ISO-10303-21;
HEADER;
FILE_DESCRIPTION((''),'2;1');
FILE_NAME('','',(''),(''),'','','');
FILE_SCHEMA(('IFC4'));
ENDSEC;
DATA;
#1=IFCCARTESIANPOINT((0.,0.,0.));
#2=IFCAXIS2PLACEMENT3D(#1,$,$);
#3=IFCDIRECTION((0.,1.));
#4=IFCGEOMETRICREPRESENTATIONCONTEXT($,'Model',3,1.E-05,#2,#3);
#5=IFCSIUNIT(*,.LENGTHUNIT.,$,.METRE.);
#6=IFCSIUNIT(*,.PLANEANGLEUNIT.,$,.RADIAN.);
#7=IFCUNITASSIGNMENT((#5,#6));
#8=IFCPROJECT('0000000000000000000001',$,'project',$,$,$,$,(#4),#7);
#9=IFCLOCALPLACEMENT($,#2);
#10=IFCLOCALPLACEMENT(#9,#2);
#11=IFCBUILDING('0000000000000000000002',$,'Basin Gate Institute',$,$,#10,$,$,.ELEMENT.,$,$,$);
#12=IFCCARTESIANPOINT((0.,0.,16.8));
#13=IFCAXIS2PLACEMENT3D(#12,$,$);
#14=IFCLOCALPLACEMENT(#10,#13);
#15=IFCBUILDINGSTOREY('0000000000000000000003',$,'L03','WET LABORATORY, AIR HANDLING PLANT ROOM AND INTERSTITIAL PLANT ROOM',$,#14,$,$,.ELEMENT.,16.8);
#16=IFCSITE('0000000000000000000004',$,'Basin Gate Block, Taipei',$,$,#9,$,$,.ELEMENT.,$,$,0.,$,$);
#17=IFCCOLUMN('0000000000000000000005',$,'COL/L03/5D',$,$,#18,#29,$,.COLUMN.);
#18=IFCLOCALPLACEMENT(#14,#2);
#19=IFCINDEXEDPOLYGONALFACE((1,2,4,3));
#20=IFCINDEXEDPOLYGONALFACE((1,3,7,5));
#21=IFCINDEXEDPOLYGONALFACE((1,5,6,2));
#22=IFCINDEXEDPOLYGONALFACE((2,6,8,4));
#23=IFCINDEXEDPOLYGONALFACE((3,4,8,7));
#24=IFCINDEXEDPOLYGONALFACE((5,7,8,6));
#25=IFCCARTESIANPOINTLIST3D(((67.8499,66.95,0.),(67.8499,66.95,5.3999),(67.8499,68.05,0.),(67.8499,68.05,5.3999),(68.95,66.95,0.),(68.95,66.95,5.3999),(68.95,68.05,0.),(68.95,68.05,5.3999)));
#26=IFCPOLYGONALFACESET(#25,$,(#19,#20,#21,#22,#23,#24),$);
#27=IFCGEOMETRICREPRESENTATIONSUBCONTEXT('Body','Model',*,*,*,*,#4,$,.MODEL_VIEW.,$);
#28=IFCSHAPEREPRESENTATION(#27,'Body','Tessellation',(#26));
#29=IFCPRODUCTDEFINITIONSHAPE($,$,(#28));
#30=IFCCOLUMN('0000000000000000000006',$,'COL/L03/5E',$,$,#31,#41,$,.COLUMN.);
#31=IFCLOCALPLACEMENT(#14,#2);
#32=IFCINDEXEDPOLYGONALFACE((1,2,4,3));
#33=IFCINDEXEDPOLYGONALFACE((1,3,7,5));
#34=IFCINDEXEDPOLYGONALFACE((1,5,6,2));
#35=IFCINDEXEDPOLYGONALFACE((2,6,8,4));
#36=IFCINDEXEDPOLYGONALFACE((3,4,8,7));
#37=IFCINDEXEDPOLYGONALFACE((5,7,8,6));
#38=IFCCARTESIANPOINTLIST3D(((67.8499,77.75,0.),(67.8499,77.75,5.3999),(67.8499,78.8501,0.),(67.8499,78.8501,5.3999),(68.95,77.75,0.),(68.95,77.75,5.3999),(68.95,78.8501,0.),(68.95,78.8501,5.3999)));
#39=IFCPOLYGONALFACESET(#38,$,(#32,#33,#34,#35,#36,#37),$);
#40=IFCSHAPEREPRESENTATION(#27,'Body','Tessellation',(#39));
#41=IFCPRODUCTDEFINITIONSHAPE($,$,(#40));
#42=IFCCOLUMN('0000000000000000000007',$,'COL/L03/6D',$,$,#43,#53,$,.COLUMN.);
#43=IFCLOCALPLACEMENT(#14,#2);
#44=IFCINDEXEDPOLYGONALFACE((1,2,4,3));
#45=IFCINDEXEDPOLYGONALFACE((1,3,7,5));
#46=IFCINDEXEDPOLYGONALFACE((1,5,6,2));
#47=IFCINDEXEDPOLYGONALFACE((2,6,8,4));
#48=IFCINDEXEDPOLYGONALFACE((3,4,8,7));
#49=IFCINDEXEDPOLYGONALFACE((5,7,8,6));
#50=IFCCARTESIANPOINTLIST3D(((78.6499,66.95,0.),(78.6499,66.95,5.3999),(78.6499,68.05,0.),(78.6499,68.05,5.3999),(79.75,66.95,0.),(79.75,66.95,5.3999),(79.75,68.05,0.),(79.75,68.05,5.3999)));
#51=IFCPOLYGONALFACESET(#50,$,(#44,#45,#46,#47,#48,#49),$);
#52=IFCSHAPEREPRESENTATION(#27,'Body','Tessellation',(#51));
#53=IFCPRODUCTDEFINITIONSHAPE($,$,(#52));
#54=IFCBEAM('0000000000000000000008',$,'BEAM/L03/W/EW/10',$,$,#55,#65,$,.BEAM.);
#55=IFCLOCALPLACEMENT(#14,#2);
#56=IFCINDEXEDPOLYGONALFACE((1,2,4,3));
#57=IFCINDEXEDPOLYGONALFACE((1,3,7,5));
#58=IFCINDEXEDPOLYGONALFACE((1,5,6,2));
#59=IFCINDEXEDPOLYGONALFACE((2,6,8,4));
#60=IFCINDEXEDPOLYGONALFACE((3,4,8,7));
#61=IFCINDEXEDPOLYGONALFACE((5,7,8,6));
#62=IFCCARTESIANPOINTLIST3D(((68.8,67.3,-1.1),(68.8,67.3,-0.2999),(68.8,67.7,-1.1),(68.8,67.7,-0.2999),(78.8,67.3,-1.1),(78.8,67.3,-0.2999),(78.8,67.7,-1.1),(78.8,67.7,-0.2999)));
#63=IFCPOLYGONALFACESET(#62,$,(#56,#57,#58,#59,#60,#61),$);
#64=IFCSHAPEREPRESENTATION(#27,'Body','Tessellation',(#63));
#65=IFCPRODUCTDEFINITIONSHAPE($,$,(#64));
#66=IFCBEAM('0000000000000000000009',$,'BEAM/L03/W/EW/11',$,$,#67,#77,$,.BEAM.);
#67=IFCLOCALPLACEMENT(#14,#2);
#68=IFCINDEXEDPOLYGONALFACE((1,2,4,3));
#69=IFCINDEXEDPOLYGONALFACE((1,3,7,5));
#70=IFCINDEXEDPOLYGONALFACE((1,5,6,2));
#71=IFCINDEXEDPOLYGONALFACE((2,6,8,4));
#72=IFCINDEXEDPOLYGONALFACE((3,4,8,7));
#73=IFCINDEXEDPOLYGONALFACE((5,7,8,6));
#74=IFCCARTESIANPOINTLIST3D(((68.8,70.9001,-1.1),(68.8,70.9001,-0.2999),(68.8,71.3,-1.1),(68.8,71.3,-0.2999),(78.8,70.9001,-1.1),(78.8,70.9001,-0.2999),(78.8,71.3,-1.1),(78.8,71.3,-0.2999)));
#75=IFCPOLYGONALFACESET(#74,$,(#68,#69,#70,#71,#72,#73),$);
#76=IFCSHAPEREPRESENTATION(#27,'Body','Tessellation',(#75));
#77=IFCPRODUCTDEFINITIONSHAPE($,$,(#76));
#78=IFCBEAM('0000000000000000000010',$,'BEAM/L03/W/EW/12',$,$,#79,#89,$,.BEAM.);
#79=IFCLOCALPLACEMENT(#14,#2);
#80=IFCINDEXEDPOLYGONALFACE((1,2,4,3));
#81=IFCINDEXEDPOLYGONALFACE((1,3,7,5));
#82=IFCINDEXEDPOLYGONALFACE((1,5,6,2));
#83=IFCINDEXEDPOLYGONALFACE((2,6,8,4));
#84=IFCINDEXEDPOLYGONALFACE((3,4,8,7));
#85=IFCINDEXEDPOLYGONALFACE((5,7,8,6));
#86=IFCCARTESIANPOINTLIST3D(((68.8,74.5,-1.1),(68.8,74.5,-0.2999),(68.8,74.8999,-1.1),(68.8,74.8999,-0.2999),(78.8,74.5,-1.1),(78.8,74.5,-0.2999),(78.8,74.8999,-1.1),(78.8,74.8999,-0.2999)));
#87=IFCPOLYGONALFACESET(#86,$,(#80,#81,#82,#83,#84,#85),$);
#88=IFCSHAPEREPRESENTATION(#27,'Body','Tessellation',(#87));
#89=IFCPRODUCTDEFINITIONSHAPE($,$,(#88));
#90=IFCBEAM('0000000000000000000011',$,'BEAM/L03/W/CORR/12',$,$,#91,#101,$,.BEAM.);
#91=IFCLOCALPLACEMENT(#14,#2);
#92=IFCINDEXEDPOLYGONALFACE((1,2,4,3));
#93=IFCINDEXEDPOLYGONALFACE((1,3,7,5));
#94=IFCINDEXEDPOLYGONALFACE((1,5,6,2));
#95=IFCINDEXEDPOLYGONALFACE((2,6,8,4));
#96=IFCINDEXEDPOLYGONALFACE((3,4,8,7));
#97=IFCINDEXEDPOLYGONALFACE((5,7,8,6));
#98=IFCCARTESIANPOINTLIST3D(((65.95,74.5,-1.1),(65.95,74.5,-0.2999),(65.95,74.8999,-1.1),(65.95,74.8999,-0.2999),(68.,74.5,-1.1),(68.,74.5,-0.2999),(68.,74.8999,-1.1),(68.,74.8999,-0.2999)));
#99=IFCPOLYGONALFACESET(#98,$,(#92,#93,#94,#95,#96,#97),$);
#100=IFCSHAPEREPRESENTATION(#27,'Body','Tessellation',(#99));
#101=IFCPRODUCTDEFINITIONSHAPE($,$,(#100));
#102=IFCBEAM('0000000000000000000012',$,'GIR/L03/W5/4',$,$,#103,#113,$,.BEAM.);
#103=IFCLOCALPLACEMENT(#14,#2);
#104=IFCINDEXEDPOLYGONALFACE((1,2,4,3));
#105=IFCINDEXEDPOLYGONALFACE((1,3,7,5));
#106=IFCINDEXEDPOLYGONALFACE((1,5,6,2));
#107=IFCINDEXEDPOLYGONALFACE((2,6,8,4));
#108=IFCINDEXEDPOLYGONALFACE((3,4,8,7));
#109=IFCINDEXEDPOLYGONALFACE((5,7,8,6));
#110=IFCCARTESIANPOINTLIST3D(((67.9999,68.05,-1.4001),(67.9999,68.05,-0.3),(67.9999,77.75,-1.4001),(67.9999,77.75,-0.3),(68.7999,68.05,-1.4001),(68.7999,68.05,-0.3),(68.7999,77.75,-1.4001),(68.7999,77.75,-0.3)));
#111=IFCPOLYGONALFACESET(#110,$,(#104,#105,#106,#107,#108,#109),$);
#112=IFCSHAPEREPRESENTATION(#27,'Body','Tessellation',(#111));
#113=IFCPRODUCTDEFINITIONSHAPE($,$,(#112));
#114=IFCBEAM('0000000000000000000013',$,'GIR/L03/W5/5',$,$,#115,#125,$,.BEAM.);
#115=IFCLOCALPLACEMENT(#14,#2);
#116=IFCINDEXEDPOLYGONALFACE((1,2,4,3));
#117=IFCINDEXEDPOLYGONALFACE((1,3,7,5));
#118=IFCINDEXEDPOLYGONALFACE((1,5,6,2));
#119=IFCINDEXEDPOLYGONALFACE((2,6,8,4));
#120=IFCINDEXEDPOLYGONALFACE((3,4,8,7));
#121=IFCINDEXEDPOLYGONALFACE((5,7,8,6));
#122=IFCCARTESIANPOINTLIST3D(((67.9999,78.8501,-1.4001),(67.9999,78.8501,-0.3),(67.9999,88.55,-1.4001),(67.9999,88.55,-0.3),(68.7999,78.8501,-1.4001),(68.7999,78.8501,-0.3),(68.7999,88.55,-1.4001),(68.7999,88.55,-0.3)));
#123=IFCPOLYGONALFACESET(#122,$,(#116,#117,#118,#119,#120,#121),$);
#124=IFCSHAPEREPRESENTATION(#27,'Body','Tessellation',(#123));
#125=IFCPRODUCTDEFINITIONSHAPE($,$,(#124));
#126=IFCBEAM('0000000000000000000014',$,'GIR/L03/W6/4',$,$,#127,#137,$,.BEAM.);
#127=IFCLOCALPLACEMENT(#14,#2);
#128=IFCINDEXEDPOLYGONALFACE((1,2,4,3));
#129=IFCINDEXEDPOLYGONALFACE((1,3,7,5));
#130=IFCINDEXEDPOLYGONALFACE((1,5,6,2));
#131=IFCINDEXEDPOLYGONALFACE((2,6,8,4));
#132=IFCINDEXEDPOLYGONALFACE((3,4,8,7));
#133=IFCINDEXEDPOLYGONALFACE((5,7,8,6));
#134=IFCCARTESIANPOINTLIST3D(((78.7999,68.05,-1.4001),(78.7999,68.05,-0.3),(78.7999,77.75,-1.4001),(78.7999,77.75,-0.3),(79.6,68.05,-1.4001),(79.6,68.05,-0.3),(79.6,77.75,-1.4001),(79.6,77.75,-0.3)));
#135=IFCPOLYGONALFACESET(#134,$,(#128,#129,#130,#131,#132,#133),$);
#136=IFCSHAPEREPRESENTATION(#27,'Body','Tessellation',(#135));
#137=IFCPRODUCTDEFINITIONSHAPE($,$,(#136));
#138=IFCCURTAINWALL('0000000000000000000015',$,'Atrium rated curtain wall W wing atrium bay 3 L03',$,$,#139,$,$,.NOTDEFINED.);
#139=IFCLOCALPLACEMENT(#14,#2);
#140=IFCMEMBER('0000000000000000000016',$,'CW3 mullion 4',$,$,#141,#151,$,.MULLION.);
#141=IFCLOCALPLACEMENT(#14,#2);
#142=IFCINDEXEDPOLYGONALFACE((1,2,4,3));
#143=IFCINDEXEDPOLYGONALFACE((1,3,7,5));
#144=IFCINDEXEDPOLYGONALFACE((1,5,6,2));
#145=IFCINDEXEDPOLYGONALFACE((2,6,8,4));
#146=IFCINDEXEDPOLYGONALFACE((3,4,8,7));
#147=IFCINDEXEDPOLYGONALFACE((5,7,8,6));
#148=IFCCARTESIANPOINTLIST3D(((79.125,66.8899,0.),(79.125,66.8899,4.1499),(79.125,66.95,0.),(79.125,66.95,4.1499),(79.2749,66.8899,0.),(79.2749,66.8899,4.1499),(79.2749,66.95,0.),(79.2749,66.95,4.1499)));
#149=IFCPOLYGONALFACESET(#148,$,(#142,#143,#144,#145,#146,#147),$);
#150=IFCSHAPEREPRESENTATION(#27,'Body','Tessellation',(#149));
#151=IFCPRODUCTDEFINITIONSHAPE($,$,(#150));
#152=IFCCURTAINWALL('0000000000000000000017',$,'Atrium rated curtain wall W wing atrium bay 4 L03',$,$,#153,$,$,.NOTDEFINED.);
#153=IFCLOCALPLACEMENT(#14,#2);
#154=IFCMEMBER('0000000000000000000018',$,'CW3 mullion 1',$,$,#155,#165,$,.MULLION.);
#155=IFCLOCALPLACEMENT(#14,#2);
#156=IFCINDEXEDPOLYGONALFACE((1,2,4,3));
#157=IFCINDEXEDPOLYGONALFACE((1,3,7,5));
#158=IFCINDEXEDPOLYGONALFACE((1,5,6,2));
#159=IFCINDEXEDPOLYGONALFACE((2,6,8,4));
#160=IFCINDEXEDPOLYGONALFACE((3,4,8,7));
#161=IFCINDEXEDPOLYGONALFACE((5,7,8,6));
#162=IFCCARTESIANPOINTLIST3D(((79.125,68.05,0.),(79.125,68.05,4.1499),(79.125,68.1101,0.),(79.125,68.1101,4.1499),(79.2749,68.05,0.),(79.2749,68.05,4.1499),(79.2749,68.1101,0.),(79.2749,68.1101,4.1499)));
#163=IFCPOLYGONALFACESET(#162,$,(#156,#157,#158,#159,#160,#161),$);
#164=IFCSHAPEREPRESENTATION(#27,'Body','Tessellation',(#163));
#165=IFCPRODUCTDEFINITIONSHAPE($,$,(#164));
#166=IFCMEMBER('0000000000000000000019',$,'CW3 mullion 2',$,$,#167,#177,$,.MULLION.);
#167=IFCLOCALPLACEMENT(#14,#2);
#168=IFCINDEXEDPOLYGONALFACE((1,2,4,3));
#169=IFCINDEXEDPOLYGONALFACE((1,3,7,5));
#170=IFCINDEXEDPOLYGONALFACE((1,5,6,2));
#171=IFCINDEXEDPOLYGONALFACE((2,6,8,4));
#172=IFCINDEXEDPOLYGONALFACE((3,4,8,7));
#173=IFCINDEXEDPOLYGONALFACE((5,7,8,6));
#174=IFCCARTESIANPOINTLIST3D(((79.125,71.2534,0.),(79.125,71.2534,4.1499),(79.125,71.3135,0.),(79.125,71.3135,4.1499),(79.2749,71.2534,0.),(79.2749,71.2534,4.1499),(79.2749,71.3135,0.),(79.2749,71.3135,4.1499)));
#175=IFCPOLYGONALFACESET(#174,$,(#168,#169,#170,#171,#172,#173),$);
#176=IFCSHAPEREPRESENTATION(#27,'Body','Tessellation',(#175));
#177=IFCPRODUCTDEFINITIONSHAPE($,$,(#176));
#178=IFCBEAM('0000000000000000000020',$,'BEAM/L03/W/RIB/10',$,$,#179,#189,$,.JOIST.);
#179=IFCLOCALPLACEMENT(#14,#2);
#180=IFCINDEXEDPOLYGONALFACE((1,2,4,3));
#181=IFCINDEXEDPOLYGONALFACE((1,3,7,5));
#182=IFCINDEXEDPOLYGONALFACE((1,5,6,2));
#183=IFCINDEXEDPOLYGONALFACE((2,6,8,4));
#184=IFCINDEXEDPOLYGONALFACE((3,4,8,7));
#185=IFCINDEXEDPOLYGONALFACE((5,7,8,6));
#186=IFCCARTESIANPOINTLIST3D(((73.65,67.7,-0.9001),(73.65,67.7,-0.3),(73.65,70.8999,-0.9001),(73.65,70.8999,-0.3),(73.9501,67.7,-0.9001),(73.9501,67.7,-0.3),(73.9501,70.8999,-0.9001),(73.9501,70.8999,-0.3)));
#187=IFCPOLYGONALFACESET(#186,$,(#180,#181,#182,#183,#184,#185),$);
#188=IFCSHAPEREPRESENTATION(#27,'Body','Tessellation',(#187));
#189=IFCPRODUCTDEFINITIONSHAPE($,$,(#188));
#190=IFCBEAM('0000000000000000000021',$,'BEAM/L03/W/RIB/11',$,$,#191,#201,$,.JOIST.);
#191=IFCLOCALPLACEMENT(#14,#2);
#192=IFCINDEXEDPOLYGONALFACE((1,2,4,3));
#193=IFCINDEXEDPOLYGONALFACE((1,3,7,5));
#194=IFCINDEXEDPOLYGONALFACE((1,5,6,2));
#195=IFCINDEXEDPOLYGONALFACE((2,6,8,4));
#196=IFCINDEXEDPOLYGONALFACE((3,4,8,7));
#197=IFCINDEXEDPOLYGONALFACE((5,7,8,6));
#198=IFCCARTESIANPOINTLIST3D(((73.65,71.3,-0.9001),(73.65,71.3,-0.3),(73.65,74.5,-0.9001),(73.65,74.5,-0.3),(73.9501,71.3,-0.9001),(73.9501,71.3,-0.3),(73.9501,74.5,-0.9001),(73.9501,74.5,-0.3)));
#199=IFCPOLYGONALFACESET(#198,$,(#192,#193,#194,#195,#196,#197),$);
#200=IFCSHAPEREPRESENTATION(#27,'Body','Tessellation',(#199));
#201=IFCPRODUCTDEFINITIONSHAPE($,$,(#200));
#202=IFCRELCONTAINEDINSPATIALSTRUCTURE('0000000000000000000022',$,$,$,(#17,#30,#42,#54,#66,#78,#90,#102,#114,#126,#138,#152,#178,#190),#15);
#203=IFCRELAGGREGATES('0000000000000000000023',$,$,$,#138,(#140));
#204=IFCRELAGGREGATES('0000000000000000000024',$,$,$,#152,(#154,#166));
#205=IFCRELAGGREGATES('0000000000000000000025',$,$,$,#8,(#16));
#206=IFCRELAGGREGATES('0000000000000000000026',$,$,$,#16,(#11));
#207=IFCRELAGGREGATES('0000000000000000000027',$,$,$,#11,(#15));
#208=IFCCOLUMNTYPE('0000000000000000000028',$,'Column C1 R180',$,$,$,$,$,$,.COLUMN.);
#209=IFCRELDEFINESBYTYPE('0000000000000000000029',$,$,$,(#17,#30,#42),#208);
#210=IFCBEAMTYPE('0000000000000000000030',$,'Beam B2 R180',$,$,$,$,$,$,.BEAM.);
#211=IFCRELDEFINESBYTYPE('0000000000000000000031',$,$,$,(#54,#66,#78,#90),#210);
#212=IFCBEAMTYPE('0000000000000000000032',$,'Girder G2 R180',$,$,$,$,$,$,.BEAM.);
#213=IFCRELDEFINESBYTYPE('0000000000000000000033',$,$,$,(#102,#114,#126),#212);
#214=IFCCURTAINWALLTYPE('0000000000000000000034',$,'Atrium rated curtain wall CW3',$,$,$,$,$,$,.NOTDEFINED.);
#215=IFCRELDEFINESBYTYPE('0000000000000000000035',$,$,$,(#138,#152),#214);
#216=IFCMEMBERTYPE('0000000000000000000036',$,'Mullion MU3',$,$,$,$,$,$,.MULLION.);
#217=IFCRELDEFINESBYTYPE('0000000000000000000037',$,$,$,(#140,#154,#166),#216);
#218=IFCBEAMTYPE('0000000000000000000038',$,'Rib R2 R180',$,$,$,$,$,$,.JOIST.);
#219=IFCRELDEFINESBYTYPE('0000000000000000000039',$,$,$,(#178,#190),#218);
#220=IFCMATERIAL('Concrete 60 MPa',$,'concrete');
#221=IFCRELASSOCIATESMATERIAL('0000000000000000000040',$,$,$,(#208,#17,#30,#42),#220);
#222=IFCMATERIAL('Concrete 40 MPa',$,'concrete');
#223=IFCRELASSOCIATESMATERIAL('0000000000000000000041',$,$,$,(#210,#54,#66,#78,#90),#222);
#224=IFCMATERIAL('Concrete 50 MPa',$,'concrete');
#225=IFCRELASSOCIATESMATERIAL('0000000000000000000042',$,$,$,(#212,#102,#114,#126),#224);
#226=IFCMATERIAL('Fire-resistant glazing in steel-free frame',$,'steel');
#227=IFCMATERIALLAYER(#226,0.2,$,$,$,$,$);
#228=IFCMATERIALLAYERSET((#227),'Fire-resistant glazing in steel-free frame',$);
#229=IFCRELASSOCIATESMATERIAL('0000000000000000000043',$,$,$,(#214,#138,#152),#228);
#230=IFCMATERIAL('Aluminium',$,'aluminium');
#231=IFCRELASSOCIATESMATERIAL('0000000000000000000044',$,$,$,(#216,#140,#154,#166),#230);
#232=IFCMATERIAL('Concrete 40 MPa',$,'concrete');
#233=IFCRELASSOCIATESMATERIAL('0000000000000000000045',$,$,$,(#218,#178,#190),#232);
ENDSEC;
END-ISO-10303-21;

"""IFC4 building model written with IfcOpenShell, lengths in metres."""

from ifc_helpers import new_model, si_unit, direction, frame, origin, origin_2d, place, context, subcontext, project, spatial, rectangle, extrude, material, layer, layer_set, material_profile, profile_set, type_object, element, aggregate, save


model = new_model("IFC4")

# Units and contexts
model_context = context("Model", 3, precision=1e-05, world=origin(), true_north=direction((0.0, 1.0)))
body_context = subcontext(model_context, "Body", "Model", "MODEL_VIEW")
ifc_project = project(units=[si_unit("LENGTHUNIT", "METRE"), si_unit("PLANEANGLEUNIT", "RADIAN")], contexts=[model_context])

# Site, building, storey
site_placement = place(None, origin())
site = spatial("IfcSite", under=ifc_project, at=site_placement, Name="Basin Gate Block, Taipei", CompositionType="ELEMENT", RefElevation=0.0)
building_placement = place(site_placement, origin())
building = spatial("IfcBuilding", under=site, at=building_placement, Name="Basin Gate Institute", CompositionType="ELEMENT")
storey_placement = place(building_placement, frame((0.0, 0.0, 16.8)))
storey = spatial("IfcBuildingStorey", under=building, at=storey_placement, Name="L03", Description="WET LABORATORY, AIR HANDLING PLANT ROOM AND INTERSTITIAL PLANT ROOM", CompositionType="ELEMENT", Elevation=16.8)

# Columns
ifc_material_1 = material(Name="Concrete 60 MPa", Category="concrete")
ifc_material_profile_1 = material_profile(ifc_material_1, rectangle(XDim=1.1001, YDim=1.1001, at=origin_2d()), Name="Column C1 1100 x 1100")
ifc_profile_set_1 = profile_set([ifc_material_profile_1], Name="Concrete 60 MPa")
column_type = type_object("IfcColumnType", Name="Column C1 R180", PredefinedType="COLUMN", material=ifc_profile_set_1)
for number, where, z_axis, x_axis, name in (
    (1, (68.3999, 67.5, 0.0), (0.0, 0.0, 1.0), (1.0, 0.0, 0.0), "COL/L03/5D"),
    (2, (68.3999, 78.3, 0.0), (0.0, 0.0, 1.0), (1.0, 0.0, 0.0), "COL/L03/5E"),
    (3, (79.2, 67.5, 0.0), (0.0, 0.0, 1.0), (1.0, 0.0, 0.0), "COL/L03/6D"),
):
    element("IfcColumn", number, at=place(storey_placement, frame(where, z_axis=z_axis, x_axis=x_axis)), inside=storey, type_object=column_type, material=ifc_profile_set_1, Name=name, PredefinedType="COLUMN", context=body_context, shape_type="SweptSolid", body=[
        extrude(rectangle(XDim=1.1001, YDim=1.1001, at=origin_2d()), origin(), (0.0, 0.0, 1.0), 5.3999),
    ])

# Beams
ifc_material_2 = material(Name="Concrete 40 MPa", Category="concrete")
ifc_material_profile_2 = material_profile(ifc_material_2, rectangle(XDim=0.3999, YDim=0.8, at=origin_2d()), Name="Beam B2 400 x 800")
ifc_profile_set_2 = profile_set([ifc_material_profile_2], Name="Concrete 40 MPa")
beam_type_1 = type_object("IfcBeamType", Name="Beam B2 R180", PredefinedType="BEAM", material=ifc_profile_set_2)
for number, where, z_axis, x_axis, name in (
    (4, (68.8, 67.5, -0.7), (1.0, 0.0, 0.0), (0.0, 1.0, 0.0), "BEAM/L03/W/EW/10"),
    (5, (68.8, 71.1001, -0.7), (1.0, 0.0, 0.0), (0.0, 1.0, 0.0), "BEAM/L03/W/EW/11"),
    (6, (68.8, 74.7, -0.7), (1.0, 0.0, 0.0), (0.0, 1.0, 0.0), "BEAM/L03/W/EW/12"),
):
    element("IfcBeam", number, at=place(storey_placement, frame(where, z_axis=z_axis, x_axis=x_axis)), inside=storey, type_object=beam_type_1, material=ifc_profile_set_2, Name=name, PredefinedType="BEAM", context=body_context, shape_type="SweptSolid", body=[
        extrude(rectangle(XDim=0.3999, YDim=0.8, at=origin_2d()), origin(), (0.0, 0.0, 1.0), 10.0),
    ])
beam_placement = place(storey_placement, frame((65.95, 74.7, -0.7), z_axis=(1.0, 0.0, 0.0), x_axis=(0.0, 1.0, 0.0)))
element("IfcBeam", 7, at=beam_placement, inside=storey, type_object=beam_type_1, material=ifc_profile_set_2, Name="BEAM/L03/W/CORR/12", PredefinedType="BEAM", context=body_context, shape_type="SweptSolid", body=[
    extrude(rectangle(XDim=0.3999, YDim=0.8, at=origin_2d()), origin(), (0.0, 0.0, 1.0), 2.05),
])
ifc_material_3 = material(Name="Concrete 50 MPa", Category="concrete")
ifc_material_profile_3 = material_profile(ifc_material_3, rectangle(XDim=0.8, YDim=1.1001, at=origin_2d()), Name="Girder G2 800 x 1100")
ifc_profile_set_3 = profile_set([ifc_material_profile_3], Name="Concrete 50 MPa")
beam_type_2 = type_object("IfcBeamType", Name="Girder G2 R180", PredefinedType="BEAM", material=ifc_profile_set_3)
for number, where, z_axis, x_axis, name in (
    (8, (68.3999, 68.05, -0.8501), (0.0, 1.0, 0.0), (-1.0, 0.0, 0.0), "GIR/L03/W5/4"),
    (9, (68.3999, 78.8501, -0.8501), (0.0, 1.0, 0.0), (-1.0, 0.0, 0.0), "GIR/L03/W5/5"),
    (10, (79.2, 68.05, -0.8501), (0.0, 1.0, 0.0), (-1.0, 0.0, 0.0), "GIR/L03/W6/4"),
):
    element("IfcBeam", number, at=place(storey_placement, frame(where, z_axis=z_axis, x_axis=x_axis)), inside=storey, type_object=beam_type_2, material=ifc_profile_set_3, Name=name, PredefinedType="BEAM", context=body_context, shape_type="SweptSolid", body=[
        extrude(rectangle(XDim=0.8, YDim=1.1001, at=origin_2d()), origin(), (0.0, 0.0, 1.0), 9.7),
    ])

# Curtain wall, member
ifc_material_4 = material(Name="Fire-resistant glazing in steel-free frame", Category="steel")
ifc_layer_1 = layer(ifc_material_4, 0.2)
ifc_layer_set_1 = layer_set([ifc_layer_1], Name="Fire-resistant glazing in steel-free frame")
curtain_wall_type = type_object("IfcCurtainWallType", Name="Atrium rated curtain wall CW3", PredefinedType="NOTDEFINED", material=ifc_layer_set_1)
curtain_wall_1_placement = place(storey_placement, origin())
curtain_wall_1 = element("IfcCurtainWall", 11, at=curtain_wall_1_placement, inside=storey, type_object=curtain_wall_type, material=ifc_layer_set_1, Name="Atrium rated curtain wall W wing atrium bay 3 L03", PredefinedType="NOTDEFINED")
ifc_material_5 = material(Name="Aluminium", Category="aluminium")
ifc_material_profile_4 = material_profile(ifc_material_5, rectangle(XDim=0.1499, YDim=0.0601, at=origin_2d()), Name="Mullion MU3 150 x 60")
ifc_profile_set_4 = profile_set([ifc_material_profile_4], Name="Aluminium")
member_type_1 = type_object("IfcMemberType", Name="Mullion MU3", PredefinedType="MULLION", material=ifc_profile_set_4)
member_1_placement = place(storey_placement, frame((79.2, 66.9199, 0.0), z_axis=(0.0, 0.0, 1.0), x_axis=(-1.0, 0.0, 0.0)))
member_1 = element("IfcMember", 12, at=member_1_placement, type_object=member_type_1, material=ifc_profile_set_4, Name="CW3 mullion 4", PredefinedType="MULLION", context=body_context, shape_type="SweptSolid", body=[
    extrude(rectangle(XDim=0.1499, YDim=0.0601, at=origin_2d()), origin(), (0.0, 0.0, 1.0), 4.1499),
])
aggregate(curtain_wall_1, [member_1])

# Curtain wall, members
curtain_wall_2_placement = place(storey_placement, origin())
curtain_wall_2 = element("IfcCurtainWall", 13, at=curtain_wall_2_placement, inside=storey, type_object=curtain_wall_type, material=ifc_layer_set_1, Name="Atrium rated curtain wall W wing atrium bay 4 L03", PredefinedType="NOTDEFINED")
member_2_placement = place(storey_placement, frame((79.2, 68.0801, 0.0), z_axis=(0.0, 0.0, 1.0), x_axis=(-1.0, 0.0, 0.0)))
member_2 = element("IfcMember", 14, at=member_2_placement, type_object=member_type_1, material=ifc_profile_set_4, Name="CW3 mullion 1", PredefinedType="MULLION", context=body_context, shape_type="SweptSolid", body=[
    extrude(rectangle(XDim=0.1499, YDim=0.0601, at=origin_2d()), origin(), (0.0, 0.0, 1.0), 4.1499),
])
member_3_placement = place(storey_placement, frame((79.2, 71.2834, 0.0), z_axis=(0.0, 0.0, 1.0), x_axis=(-1.0, 0.0, 0.0)))
member_3 = element("IfcMember", 15, at=member_3_placement, type_object=member_type_1, material=ifc_profile_set_4, Name="CW3 mullion 2", PredefinedType="MULLION", context=body_context, shape_type="SweptSolid", body=[
    extrude(rectangle(XDim=0.1499, YDim=0.0601, at=origin_2d()), origin(), (0.0, 0.0, 1.0), 4.1499),
])

# Beams
ifc_material_6 = material(Name="Concrete 40 MPa", Category="concrete")
ifc_material_profile_5 = material_profile(ifc_material_6, rectangle(XDim=0.3, YDim=0.6001, at=origin_2d()), Name="Rib R2 300 x 600")
ifc_profile_set_5 = profile_set([ifc_material_profile_5], Name="Concrete 40 MPa")
beam_type_3 = type_object("IfcBeamType", Name="Rib R2 R180", PredefinedType="JOIST", material=ifc_profile_set_5)
for number, where, z_axis, x_axis, name in (
    (16, (73.8, 67.7, -0.6001), (0.0, 1.0, 0.0), (-1.0, 0.0, 0.0), "BEAM/L03/W/RIB/10"),
    (17, (73.8, 71.3, -0.6001), (0.0, 1.0, 0.0), (-1.0, 0.0, 0.0), "BEAM/L03/W/RIB/11"),
):
    element("IfcBeam", number, at=place(storey_placement, frame(where, z_axis=z_axis, x_axis=x_axis)), inside=storey, type_object=beam_type_3, material=ifc_profile_set_5, Name=name, PredefinedType="JOIST", context=body_context, shape_type="SweptSolid", body=[
        extrude(rectangle(XDim=0.3, YDim=0.6001, at=origin_2d()), origin(), (0.0, 0.0, 1.0), 3.2),
    ])

aggregate(curtain_wall_2, [member_2, member_3])

save(model, "model.ifc")
